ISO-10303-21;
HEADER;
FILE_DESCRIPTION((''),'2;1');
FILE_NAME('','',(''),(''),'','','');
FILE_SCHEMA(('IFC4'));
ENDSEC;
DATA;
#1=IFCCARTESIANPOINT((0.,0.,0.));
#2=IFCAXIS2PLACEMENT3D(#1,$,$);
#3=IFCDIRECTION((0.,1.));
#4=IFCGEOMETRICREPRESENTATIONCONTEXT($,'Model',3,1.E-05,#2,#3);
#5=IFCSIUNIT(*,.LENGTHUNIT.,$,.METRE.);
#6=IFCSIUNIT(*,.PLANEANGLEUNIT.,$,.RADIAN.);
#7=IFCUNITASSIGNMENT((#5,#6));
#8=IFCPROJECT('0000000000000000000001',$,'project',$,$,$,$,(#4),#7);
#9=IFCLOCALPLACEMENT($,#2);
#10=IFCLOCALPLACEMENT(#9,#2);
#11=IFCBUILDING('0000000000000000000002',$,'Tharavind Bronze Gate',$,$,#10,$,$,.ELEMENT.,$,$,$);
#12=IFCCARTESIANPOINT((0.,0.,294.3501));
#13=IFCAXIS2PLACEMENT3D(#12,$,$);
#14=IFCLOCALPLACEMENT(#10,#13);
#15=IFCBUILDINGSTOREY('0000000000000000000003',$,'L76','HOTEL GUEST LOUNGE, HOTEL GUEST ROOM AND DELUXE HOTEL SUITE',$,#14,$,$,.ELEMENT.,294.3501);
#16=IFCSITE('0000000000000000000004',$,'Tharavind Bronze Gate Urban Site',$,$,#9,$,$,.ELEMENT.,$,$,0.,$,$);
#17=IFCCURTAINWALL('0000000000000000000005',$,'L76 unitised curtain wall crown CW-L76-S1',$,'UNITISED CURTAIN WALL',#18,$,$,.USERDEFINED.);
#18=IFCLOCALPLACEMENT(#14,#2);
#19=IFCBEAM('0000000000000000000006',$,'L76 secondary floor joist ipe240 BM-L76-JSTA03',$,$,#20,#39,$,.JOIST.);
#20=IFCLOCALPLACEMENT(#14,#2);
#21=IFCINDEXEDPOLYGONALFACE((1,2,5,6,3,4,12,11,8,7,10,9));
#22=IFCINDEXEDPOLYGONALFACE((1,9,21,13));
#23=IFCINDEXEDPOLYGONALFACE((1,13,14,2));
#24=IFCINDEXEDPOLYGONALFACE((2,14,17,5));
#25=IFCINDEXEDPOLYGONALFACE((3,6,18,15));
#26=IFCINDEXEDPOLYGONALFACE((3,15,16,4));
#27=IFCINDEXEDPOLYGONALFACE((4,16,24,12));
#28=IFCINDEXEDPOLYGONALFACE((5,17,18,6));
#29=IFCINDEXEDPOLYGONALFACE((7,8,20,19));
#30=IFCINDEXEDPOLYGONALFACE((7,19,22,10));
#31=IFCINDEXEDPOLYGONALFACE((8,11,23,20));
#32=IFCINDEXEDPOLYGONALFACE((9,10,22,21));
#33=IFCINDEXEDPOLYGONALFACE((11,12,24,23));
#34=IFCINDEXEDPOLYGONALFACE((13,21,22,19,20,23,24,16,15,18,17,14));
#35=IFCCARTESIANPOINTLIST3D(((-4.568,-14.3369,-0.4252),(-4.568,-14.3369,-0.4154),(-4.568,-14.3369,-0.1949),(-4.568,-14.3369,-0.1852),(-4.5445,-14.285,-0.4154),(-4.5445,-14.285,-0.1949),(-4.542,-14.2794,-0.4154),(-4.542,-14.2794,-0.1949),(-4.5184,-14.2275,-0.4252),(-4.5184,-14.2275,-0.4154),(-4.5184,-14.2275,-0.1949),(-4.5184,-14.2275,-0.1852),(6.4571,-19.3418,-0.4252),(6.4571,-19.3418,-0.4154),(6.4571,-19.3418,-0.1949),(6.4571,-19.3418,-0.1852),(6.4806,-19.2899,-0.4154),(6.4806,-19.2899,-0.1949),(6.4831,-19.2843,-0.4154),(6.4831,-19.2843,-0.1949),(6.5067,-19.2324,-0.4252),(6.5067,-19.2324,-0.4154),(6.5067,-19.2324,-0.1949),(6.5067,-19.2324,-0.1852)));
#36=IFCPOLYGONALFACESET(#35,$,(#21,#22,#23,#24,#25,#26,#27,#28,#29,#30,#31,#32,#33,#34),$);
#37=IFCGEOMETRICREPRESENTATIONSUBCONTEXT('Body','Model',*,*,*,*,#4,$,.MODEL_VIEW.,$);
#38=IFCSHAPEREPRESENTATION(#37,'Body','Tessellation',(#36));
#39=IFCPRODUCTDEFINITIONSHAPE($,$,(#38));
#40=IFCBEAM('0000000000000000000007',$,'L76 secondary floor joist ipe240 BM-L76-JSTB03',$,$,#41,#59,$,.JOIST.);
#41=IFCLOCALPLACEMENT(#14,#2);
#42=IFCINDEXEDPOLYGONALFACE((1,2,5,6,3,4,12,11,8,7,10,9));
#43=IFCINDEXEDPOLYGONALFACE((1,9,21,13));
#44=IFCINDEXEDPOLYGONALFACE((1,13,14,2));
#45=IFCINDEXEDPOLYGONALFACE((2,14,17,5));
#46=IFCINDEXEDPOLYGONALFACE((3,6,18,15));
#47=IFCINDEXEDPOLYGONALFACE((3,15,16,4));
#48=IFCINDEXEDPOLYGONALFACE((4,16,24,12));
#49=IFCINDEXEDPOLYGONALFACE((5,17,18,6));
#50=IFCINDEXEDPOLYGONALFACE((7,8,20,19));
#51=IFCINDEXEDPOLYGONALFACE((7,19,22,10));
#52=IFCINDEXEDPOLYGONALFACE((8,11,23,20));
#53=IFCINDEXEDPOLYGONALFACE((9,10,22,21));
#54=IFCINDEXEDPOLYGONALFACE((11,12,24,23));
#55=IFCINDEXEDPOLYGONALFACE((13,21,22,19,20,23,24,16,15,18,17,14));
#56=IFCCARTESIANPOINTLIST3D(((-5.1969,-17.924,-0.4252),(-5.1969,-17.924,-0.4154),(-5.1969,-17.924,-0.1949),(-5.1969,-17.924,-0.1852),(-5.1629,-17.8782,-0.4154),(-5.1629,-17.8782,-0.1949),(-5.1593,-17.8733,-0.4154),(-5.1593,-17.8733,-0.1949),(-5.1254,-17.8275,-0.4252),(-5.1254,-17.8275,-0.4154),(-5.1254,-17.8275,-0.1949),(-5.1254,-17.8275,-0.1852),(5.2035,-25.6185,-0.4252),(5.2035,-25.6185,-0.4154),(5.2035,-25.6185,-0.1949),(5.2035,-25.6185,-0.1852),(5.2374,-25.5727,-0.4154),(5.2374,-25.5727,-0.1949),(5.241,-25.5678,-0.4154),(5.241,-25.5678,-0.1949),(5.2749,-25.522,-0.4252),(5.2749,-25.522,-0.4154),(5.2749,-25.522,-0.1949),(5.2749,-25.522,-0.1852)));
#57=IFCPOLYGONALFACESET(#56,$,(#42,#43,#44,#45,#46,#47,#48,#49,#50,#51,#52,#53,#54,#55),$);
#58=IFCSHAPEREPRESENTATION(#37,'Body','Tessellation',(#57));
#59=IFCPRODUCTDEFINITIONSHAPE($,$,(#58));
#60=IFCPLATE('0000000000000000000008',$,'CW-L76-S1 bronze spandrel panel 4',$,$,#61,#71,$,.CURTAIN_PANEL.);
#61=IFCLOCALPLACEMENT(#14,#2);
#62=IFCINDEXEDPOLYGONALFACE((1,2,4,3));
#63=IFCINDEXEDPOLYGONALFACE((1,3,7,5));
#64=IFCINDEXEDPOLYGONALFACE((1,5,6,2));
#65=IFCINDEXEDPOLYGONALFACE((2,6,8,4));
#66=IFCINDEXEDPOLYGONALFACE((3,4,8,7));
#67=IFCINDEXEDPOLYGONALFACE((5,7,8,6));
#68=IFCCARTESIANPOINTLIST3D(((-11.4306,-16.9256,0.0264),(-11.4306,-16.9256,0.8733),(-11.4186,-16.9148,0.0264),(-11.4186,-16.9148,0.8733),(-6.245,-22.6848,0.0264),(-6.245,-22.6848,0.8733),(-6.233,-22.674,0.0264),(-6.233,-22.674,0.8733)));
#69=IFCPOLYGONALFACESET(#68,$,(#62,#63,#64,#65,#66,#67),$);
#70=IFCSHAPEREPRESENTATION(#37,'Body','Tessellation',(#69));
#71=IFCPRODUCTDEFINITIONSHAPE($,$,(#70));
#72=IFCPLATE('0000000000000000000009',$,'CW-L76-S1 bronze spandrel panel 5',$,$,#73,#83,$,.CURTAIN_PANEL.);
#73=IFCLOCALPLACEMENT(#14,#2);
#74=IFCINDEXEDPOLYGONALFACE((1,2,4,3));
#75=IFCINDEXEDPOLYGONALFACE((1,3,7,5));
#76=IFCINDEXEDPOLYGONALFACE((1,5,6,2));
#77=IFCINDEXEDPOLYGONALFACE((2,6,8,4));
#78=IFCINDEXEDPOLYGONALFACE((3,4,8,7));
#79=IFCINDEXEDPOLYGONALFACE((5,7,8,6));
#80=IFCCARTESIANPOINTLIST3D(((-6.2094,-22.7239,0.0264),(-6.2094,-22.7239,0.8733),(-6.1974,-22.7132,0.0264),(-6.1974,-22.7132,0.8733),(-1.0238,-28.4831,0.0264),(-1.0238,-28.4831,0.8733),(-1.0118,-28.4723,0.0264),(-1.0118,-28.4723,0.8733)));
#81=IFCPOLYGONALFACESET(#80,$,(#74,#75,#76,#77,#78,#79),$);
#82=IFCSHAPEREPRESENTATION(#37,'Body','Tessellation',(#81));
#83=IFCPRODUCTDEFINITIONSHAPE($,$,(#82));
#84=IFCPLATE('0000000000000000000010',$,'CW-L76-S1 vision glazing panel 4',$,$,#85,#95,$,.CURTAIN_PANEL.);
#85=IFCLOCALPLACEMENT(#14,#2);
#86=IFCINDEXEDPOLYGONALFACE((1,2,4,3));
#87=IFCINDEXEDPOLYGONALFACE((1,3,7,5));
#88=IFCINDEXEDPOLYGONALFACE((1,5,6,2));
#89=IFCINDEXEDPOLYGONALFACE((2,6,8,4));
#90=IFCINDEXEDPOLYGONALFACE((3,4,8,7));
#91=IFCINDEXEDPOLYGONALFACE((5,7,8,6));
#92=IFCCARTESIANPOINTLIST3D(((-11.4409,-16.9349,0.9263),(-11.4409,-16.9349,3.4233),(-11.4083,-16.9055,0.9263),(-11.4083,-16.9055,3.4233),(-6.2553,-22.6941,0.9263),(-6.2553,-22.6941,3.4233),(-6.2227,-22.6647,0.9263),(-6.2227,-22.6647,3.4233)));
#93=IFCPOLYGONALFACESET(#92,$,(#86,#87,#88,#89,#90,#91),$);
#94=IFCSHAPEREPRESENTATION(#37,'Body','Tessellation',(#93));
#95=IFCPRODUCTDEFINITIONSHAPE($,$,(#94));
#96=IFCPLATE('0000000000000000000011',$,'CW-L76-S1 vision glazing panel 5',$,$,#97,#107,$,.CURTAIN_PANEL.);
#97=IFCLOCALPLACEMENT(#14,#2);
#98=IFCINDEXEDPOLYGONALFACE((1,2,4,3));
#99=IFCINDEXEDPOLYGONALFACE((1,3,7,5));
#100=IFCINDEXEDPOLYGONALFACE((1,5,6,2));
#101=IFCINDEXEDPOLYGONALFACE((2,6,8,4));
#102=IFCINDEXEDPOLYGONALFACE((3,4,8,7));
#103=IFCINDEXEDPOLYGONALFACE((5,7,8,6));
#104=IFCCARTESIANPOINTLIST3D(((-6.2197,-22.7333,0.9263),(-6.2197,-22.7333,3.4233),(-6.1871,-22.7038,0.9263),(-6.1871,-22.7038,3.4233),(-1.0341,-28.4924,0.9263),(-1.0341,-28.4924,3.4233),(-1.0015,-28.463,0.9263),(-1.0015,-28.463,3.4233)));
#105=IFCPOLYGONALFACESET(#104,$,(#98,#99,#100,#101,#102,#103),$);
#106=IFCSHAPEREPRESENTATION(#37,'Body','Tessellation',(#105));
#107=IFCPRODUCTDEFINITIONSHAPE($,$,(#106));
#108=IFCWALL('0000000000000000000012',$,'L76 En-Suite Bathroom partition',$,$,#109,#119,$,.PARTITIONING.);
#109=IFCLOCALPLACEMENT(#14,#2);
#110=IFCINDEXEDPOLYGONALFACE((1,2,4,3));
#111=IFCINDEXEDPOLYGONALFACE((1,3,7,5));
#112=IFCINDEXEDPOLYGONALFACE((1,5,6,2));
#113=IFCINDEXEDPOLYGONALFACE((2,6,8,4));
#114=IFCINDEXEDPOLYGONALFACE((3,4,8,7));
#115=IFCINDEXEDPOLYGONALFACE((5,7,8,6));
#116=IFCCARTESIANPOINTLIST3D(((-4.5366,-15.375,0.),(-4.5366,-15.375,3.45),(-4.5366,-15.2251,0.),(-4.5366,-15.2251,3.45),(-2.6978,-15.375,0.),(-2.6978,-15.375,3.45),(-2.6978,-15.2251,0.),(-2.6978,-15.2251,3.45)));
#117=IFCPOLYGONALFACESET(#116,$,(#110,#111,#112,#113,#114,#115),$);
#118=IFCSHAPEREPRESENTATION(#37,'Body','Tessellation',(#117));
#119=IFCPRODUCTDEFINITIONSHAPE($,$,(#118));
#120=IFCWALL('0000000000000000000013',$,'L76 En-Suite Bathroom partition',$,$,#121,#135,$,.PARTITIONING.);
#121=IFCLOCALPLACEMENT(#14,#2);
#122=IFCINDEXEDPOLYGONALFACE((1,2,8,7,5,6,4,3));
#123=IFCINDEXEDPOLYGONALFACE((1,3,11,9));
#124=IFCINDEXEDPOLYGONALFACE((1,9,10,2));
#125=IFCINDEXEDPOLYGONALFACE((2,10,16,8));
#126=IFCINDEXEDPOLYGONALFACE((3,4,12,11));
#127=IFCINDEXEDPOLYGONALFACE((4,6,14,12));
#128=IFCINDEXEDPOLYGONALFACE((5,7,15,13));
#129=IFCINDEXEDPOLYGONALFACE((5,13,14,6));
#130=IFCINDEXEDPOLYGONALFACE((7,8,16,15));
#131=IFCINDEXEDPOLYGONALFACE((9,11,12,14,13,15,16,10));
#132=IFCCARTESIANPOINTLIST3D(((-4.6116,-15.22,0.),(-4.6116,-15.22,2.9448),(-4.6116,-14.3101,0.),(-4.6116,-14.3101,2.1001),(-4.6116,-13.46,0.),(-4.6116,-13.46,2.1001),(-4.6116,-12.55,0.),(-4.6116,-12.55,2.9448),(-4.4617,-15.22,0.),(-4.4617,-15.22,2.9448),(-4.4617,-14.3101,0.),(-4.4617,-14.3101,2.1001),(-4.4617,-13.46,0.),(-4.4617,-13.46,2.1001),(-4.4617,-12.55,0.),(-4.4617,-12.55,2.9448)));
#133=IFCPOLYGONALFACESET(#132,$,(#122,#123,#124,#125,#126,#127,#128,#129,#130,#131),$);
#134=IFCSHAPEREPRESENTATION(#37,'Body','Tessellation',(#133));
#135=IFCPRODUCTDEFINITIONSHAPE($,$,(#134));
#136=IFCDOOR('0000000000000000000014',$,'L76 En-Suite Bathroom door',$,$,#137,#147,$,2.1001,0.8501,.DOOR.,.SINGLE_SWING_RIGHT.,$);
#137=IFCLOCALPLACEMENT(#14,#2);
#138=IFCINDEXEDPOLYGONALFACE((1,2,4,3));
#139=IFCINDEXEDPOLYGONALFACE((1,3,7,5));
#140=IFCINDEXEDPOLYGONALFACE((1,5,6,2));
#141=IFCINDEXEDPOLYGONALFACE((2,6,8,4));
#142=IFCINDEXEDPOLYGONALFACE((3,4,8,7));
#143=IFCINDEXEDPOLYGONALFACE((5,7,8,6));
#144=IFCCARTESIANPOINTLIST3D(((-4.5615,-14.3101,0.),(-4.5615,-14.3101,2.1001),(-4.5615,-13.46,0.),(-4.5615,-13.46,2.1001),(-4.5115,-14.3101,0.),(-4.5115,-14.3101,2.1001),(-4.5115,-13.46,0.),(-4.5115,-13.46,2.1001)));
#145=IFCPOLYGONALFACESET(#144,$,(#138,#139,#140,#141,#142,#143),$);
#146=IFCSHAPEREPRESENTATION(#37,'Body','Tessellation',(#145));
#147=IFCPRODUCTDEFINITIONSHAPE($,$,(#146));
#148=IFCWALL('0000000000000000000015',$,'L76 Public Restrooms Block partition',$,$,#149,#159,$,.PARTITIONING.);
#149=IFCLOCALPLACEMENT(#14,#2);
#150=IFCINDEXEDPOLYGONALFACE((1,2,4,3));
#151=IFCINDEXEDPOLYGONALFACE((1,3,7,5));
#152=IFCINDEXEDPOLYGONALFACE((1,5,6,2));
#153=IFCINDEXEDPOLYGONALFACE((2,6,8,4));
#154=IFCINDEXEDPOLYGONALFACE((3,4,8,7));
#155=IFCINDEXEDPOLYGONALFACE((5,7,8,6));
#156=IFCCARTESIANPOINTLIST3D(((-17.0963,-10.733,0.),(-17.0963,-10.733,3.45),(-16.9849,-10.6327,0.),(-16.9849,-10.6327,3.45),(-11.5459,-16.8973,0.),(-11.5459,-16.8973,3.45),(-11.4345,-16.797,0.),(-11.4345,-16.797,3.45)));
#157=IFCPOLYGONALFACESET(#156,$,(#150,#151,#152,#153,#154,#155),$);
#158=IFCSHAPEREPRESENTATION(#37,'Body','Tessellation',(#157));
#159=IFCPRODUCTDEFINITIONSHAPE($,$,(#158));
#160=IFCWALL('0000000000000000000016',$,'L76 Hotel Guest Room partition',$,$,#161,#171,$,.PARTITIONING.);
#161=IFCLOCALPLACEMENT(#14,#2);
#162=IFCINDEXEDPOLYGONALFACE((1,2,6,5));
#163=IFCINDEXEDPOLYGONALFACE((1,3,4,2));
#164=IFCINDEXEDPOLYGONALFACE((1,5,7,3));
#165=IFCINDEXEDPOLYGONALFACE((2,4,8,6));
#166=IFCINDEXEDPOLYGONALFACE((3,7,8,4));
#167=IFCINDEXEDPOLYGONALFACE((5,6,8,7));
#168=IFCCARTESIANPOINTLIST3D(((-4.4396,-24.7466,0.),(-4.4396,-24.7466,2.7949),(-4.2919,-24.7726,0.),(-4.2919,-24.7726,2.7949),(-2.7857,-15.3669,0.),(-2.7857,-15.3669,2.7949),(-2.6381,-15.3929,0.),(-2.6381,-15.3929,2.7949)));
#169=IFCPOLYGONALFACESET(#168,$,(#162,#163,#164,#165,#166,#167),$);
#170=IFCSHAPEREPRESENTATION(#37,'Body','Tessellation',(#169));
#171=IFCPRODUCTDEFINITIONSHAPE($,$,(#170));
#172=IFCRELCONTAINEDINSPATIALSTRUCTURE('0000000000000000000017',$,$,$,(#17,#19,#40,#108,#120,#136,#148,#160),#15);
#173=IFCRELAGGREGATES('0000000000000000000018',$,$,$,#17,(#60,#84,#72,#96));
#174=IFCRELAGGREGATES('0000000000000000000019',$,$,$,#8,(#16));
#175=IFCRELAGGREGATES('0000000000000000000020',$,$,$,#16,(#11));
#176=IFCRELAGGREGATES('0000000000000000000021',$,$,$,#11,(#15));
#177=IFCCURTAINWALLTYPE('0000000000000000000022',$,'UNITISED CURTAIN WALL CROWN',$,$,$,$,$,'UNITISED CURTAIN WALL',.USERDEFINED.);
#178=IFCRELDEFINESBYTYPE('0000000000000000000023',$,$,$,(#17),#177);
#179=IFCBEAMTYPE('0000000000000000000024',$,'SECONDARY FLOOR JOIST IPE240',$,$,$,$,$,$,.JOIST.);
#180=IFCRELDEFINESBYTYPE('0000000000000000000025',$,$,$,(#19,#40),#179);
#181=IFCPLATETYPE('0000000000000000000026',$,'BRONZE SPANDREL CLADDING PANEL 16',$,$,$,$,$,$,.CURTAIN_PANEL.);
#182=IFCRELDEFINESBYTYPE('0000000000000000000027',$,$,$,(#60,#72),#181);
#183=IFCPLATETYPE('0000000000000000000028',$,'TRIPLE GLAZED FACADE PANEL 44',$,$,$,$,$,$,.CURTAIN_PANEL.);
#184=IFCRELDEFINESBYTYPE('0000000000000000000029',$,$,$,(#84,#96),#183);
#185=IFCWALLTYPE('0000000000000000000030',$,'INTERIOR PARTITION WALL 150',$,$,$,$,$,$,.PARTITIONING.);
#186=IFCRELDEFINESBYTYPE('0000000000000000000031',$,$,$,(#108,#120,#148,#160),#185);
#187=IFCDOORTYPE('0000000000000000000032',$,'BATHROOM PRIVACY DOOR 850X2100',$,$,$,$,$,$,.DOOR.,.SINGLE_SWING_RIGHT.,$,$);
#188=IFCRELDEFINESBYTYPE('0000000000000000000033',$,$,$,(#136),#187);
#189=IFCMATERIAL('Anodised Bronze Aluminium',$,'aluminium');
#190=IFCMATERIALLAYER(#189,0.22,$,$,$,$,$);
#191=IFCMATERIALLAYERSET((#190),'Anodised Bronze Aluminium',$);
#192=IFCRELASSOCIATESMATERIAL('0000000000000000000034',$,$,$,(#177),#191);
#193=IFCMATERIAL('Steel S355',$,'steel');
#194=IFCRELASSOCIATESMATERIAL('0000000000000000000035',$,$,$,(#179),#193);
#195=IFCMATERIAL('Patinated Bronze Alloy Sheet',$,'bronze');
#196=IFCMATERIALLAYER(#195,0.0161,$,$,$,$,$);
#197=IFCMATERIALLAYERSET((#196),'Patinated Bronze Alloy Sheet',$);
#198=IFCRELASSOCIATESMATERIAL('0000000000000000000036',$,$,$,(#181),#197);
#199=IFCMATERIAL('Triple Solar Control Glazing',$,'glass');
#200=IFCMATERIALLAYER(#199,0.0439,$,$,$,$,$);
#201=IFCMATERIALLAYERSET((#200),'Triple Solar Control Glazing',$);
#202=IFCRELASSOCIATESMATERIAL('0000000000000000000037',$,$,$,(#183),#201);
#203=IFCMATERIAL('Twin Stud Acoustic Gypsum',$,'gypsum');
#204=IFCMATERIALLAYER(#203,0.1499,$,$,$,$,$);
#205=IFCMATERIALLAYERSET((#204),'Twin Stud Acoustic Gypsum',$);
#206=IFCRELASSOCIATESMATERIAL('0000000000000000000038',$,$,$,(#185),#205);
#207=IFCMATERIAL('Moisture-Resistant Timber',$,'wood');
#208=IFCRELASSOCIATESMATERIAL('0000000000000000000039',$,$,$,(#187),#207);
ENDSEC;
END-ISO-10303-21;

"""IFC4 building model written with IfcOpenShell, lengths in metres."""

from ifc_helpers import new_model, si_unit, direction, frame, frame_2d, origin, origin_2d, place, context, subcontext, project, spatial, rectangle, i_section, extrude, material, layer, layer_set, material_profile, profile_set, type_object, element, fill, aggregate, save


model = new_model("IFC4")

# Units and contexts
model_context = context("Model", 3, precision=1e-05, world=origin(), true_north=direction((0.0, 1.0)))
body_context = subcontext(model_context, "Body", "Model", "MODEL_VIEW")
ifc_project = project(units=[si_unit("LENGTHUNIT", "METRE"), si_unit("PLANEANGLEUNIT", "RADIAN")], contexts=[model_context])

# Site, building, storey
site_placement = place(None, origin())
site = spatial("IfcSite", under=ifc_project, at=site_placement, Name="Tharavind Bronze Gate Urban Site", CompositionType="ELEMENT", RefElevation=0.0)
building_placement = place(site_placement, origin())
building = spatial("IfcBuilding", under=site, at=building_placement, Name="Tharavind Bronze Gate", CompositionType="ELEMENT")
storey_placement = place(building_placement, frame((0.0, 0.0, 294.3501)))
storey = spatial("IfcBuildingStorey", under=building, at=storey_placement, Name="L76", Description="HOTEL GUEST LOUNGE, HOTEL GUEST ROOM AND DELUXE HOTEL SUITE", CompositionType="ELEMENT", Elevation=294.3501)

# Curtain wall
ifc_material_1 = material(Name="Anodised Bronze Aluminium", Category="aluminium")
ifc_layer_1 = layer(ifc_material_1, 0.22)
ifc_layer_set_1 = layer_set([ifc_layer_1], Name="Anodised Bronze Aluminium")
curtain_wall_type = type_object("IfcCurtainWallType", Name="UNITISED CURTAIN WALL CROWN", ElementType="UNITISED CURTAIN WALL", PredefinedType="USERDEFINED", material=ifc_layer_set_1)
curtain_wall_placement = place(storey_placement, origin())
curtain_wall = element("IfcCurtainWall", 1, at=curtain_wall_placement, inside=storey, type_object=curtain_wall_type, Name="L76 unitised curtain wall crown CW-L76-S1", ObjectType="UNITISED CURTAIN WALL", PredefinedType="USERDEFINED")

# Beams
ifc_material_2 = material(Name="Steel S355", Category="steel")
ifc_material_profile_1 = material_profile(ifc_material_2, i_section(OverallWidth=0.1201, OverallDepth=0.24, WebThickness=0.0061, FlangeThickness=0.0098, at=origin_2d()), Name="IPE240")
ifc_profile_set_1 = profile_set([ifc_material_profile_1], Name="Steel S355")
beam_type_1 = type_object("IfcBeamType", Name="SECONDARY FLOOR JOIST IPE240", PredefinedType="JOIST", material=ifc_profile_set_1)
beam_1_placement = place(storey_placement, frame((-4.5432, -14.2822, -0.3052), z_axis=(0.91057, -0.413355, 0.0), x_axis=(0.413355, 0.91057, 0.0)))
element("IfcBeam", 2, at=beam_1_placement, inside=storey, type_object=beam_type_1, Name="L76 secondary floor joist ipe240 BM-L76-JSTA03", PredefinedType="JOIST", context=body_context, shape_type="SweptSolid", body=[
    extrude(i_section(OverallWidth=0.1201, OverallDepth=0.24, WebThickness=0.0061, FlangeThickness=0.0098, at=origin_2d()), origin(), (0.0, 0.0, 1.0), 12.1079),
])
beam_2_placement = place(storey_placement, frame((-5.1611, -17.8757, -0.3052), z_axis=(0.803905, -0.594758, 0.0), x_axis=(0.594758, 0.803905, 0.0)))
element("IfcBeam", 3, at=beam_2_placement, inside=storey, type_object=beam_type_1, Name="L76 secondary floor joist ipe240 BM-L76-JSTB03", PredefinedType="JOIST", context=body_context, shape_type="SweptSolid", body=[
    extrude(i_section(OverallWidth=0.1201, OverallDepth=0.24, WebThickness=0.0061, FlangeThickness=0.0098, at=origin_2d()), origin(), (0.0, 0.0, 1.0), 12.9373),
])

# Plates
ifc_material_3 = material(Name="Patinated Bronze Alloy Sheet", Category="bronze")
ifc_layer_2 = layer(ifc_material_3, 0.0161)
ifc_layer_set_2 = layer_set([ifc_layer_2], Name="Patinated Bronze Alloy Sheet")
plate_type_1 = type_object("IfcPlateType", Name="BRONZE SPANDREL CLADDING PANEL 16", PredefinedType="CURTAIN_PANEL", material=ifc_layer_set_2)
plate_1_placement = place(storey_placement, frame((-8.8318, -19.7998, 0.0264), z_axis=(0.0, 0.0, 1.0), x_axis=(0.669131, -0.743145, 0.0)))
plate_1 = element("IfcPlate", 4, at=plate_1_placement, type_object=plate_type_1, Name="CW-L76-S1 bronze spandrel panel 4", PredefinedType="CURTAIN_PANEL", context=body_context, shape_type="SweptSolid", body=[
    extrude(rectangle(XDim=7.7498, YDim=0.0161, at=origin_2d()), origin(), (0.0, 0.0, 1.0), 0.8469),
])
plate_2_placement = place(storey_placement, frame((-3.6106, -25.5981, 0.0264), z_axis=(0.0, 0.0, 1.0), x_axis=(0.669131, -0.743145, 0.0)))
plate_2 = element("IfcPlate", 5, at=plate_2_placement, type_object=plate_type_1, Name="CW-L76-S1 bronze spandrel panel 5", PredefinedType="CURTAIN_PANEL", context=body_context, shape_type="SweptSolid", body=[
    extrude(rectangle(XDim=7.7498, YDim=0.0161, at=origin_2d()), origin(), (0.0, 0.0, 1.0), 0.8469),
])
ifc_material_4 = material(Name="Triple Solar Control Glazing", Category="glass")
ifc_layer_3 = layer(ifc_material_4, 0.0439)
ifc_layer_set_3 = layer_set([ifc_layer_3], Name="Triple Solar Control Glazing")
plate_type_2 = type_object("IfcPlateType", Name="TRIPLE GLAZED FACADE PANEL 44", PredefinedType="CURTAIN_PANEL", material=ifc_layer_set_3)
plate_3_placement = place(storey_placement, frame((-8.8318, -19.7998, 0.9263), z_axis=(0.0, 0.0, 1.0), x_axis=(0.669131, -0.743145, 0.0)))
plate_3 = element("IfcPlate", 6, at=plate_3_placement, type_object=plate_type_2, Name="CW-L76-S1 vision glazing panel 4", PredefinedType="CURTAIN_PANEL", context=body_context, shape_type="SweptSolid", body=[
    extrude(rectangle(XDim=7.7498, YDim=0.0439, at=origin_2d()), origin(), (0.0, 0.0, 1.0), 2.4971),
])
plate_4_placement = place(storey_placement, frame((-3.6106, -25.5981, 0.9263), z_axis=(0.0, 0.0, 1.0), x_axis=(0.669131, -0.743145, 0.0)))
plate_4 = element("IfcPlate", 7, at=plate_4_placement, type_object=plate_type_2, Name="CW-L76-S1 vision glazing panel 5", PredefinedType="CURTAIN_PANEL", context=body_context, shape_type="SweptSolid", body=[
    extrude(rectangle(XDim=7.7498, YDim=0.0439, at=origin_2d()), origin(), (0.0, 0.0, 1.0), 2.4971),
])
aggregate(curtain_wall, [plate_1, plate_3, plate_2, plate_4])

# Wall
ifc_material_5 = material(Name="Twin Stud Acoustic Gypsum", Category="gypsum")
ifc_layer_4 = layer(ifc_material_5, 0.1499)
ifc_layer_set_4 = layer_set([ifc_layer_4], Name="Twin Stud Acoustic Gypsum")
wall_type = type_object("IfcWallType", Name="INTERIOR PARTITION WALL 150", PredefinedType="PARTITIONING", material=ifc_layer_set_4)
wall_1_placement = place(storey_placement, frame((-2.6978, -15.3, 0.0), z_axis=(0.0, 0.0, 1.0), x_axis=(-1.0, 0.0, 0.0)))
element("IfcWall", 8, at=wall_1_placement, inside=storey, type_object=wall_type, Name="L76 En-Suite Bathroom partition", PredefinedType="PARTITIONING", context=body_context, shape_type="SweptSolid", body=[
    extrude(rectangle(XDim=1.8389, YDim=0.1499, at=frame_2d((0.9194, 0.0))), origin(), (0.0, 0.0, 1.0), 3.45),
])

# Wall, opening, door
wall_2_placement = place(storey_placement, frame((-4.5366, -15.22, 0.0), z_axis=(0.0, 0.0, 1.0), x_axis=(0.0, 1.0, 0.0)))
wall_2 = element("IfcWall", 9, at=wall_2_placement, inside=storey, type_object=wall_type, Name="L76 En-Suite Bathroom partition", PredefinedType="PARTITIONING", context=body_context, shape_type="SweptSolid", body=[
    extrude(rectangle(XDim=2.6699, YDim=0.1499, at=frame_2d((1.335, 0.0))), origin(), (0.0, 0.0, 1.0), 2.9448),
])
opening_placement = place(wall_2_placement, frame((0.9099, 0.0, 0.0)))
opening = element("IfcOpeningElement", 10, at=opening_placement, cuts=wall_2, PredefinedType="OPENING", context=body_context, shape_type="SweptSolid", body=[
    extrude(rectangle(XDim=0.8501, YDim=2.1001, at=frame_2d((0.425, 1.05))), frame((0.0, 0.085, 0.0), z_axis=(0.0, -1.0, 0.0), x_axis=(1.0, 0.0, 0.0)), (0.0, 0.0, 1.0), 0.1699),
])
ifc_material_6 = material(Name="Moisture-Resistant Timber", Category="wood")
door_type = type_object("IfcDoorType", Name="BATHROOM PRIVACY DOOR 850X2100", OperationType="SINGLE_SWING_RIGHT", PredefinedType="DOOR", material=ifc_material_6)
door_placement = place(opening_placement, origin())
door = element("IfcDoor", 11, at=door_placement, inside=storey, type_object=door_type, Name="L76 En-Suite Bathroom door", OperationType="SINGLE_SWING_RIGHT", OverallHeight=2.1001, OverallWidth=0.8501, PredefinedType="DOOR", context=body_context, shape_type="SweptSolid", body=[
    extrude(rectangle(XDim=0.8501, YDim=2.1001, at=frame_2d((0.425, 1.05))), frame((0.0, 0.0249, 0.0), z_axis=(0.0, -1.0, 0.0), x_axis=(1.0, 0.0, 0.0)), (0.0, 0.0, 1.0), 0.05),
])
fill(opening, door)

# Walls
wall_3_placement = place(storey_placement, frame((-11.4902, -16.8472, 0.0), z_axis=(0.0, 0.0, 1.0), x_axis=(-0.669126, 0.743149, 0.0)))
element("IfcWall", 12, at=wall_3_placement, inside=storey, type_object=wall_type, Name="L76 Public Restrooms Block partition", PredefinedType="PARTITIONING", context=body_context, shape_type="SweptSolid", body=[
    extrude(rectangle(XDim=8.2949, YDim=0.1499, at=frame_2d((4.1475, 0.0))), origin(), (0.0, 0.0, 1.0), 3.45),
])
wall_4_placement = place(storey_placement, frame((-2.7119, -15.3799, 0.0), z_axis=(0.0, 0.0, 1.0), x_axis=(-0.173641, -0.984809, 0.0)))
element("IfcWall", 13, at=wall_4_placement, inside=storey, type_object=wall_type, Name="L76 Hotel Guest Room partition", PredefinedType="PARTITIONING", context=body_context, shape_type="SweptSolid", body=[
    extrude(rectangle(XDim=9.5244, YDim=0.1499, at=frame_2d((4.7622, 0.0))), origin(), (0.0, 0.0, 1.0), 2.7949),
])

save(model, "model.ifc")
